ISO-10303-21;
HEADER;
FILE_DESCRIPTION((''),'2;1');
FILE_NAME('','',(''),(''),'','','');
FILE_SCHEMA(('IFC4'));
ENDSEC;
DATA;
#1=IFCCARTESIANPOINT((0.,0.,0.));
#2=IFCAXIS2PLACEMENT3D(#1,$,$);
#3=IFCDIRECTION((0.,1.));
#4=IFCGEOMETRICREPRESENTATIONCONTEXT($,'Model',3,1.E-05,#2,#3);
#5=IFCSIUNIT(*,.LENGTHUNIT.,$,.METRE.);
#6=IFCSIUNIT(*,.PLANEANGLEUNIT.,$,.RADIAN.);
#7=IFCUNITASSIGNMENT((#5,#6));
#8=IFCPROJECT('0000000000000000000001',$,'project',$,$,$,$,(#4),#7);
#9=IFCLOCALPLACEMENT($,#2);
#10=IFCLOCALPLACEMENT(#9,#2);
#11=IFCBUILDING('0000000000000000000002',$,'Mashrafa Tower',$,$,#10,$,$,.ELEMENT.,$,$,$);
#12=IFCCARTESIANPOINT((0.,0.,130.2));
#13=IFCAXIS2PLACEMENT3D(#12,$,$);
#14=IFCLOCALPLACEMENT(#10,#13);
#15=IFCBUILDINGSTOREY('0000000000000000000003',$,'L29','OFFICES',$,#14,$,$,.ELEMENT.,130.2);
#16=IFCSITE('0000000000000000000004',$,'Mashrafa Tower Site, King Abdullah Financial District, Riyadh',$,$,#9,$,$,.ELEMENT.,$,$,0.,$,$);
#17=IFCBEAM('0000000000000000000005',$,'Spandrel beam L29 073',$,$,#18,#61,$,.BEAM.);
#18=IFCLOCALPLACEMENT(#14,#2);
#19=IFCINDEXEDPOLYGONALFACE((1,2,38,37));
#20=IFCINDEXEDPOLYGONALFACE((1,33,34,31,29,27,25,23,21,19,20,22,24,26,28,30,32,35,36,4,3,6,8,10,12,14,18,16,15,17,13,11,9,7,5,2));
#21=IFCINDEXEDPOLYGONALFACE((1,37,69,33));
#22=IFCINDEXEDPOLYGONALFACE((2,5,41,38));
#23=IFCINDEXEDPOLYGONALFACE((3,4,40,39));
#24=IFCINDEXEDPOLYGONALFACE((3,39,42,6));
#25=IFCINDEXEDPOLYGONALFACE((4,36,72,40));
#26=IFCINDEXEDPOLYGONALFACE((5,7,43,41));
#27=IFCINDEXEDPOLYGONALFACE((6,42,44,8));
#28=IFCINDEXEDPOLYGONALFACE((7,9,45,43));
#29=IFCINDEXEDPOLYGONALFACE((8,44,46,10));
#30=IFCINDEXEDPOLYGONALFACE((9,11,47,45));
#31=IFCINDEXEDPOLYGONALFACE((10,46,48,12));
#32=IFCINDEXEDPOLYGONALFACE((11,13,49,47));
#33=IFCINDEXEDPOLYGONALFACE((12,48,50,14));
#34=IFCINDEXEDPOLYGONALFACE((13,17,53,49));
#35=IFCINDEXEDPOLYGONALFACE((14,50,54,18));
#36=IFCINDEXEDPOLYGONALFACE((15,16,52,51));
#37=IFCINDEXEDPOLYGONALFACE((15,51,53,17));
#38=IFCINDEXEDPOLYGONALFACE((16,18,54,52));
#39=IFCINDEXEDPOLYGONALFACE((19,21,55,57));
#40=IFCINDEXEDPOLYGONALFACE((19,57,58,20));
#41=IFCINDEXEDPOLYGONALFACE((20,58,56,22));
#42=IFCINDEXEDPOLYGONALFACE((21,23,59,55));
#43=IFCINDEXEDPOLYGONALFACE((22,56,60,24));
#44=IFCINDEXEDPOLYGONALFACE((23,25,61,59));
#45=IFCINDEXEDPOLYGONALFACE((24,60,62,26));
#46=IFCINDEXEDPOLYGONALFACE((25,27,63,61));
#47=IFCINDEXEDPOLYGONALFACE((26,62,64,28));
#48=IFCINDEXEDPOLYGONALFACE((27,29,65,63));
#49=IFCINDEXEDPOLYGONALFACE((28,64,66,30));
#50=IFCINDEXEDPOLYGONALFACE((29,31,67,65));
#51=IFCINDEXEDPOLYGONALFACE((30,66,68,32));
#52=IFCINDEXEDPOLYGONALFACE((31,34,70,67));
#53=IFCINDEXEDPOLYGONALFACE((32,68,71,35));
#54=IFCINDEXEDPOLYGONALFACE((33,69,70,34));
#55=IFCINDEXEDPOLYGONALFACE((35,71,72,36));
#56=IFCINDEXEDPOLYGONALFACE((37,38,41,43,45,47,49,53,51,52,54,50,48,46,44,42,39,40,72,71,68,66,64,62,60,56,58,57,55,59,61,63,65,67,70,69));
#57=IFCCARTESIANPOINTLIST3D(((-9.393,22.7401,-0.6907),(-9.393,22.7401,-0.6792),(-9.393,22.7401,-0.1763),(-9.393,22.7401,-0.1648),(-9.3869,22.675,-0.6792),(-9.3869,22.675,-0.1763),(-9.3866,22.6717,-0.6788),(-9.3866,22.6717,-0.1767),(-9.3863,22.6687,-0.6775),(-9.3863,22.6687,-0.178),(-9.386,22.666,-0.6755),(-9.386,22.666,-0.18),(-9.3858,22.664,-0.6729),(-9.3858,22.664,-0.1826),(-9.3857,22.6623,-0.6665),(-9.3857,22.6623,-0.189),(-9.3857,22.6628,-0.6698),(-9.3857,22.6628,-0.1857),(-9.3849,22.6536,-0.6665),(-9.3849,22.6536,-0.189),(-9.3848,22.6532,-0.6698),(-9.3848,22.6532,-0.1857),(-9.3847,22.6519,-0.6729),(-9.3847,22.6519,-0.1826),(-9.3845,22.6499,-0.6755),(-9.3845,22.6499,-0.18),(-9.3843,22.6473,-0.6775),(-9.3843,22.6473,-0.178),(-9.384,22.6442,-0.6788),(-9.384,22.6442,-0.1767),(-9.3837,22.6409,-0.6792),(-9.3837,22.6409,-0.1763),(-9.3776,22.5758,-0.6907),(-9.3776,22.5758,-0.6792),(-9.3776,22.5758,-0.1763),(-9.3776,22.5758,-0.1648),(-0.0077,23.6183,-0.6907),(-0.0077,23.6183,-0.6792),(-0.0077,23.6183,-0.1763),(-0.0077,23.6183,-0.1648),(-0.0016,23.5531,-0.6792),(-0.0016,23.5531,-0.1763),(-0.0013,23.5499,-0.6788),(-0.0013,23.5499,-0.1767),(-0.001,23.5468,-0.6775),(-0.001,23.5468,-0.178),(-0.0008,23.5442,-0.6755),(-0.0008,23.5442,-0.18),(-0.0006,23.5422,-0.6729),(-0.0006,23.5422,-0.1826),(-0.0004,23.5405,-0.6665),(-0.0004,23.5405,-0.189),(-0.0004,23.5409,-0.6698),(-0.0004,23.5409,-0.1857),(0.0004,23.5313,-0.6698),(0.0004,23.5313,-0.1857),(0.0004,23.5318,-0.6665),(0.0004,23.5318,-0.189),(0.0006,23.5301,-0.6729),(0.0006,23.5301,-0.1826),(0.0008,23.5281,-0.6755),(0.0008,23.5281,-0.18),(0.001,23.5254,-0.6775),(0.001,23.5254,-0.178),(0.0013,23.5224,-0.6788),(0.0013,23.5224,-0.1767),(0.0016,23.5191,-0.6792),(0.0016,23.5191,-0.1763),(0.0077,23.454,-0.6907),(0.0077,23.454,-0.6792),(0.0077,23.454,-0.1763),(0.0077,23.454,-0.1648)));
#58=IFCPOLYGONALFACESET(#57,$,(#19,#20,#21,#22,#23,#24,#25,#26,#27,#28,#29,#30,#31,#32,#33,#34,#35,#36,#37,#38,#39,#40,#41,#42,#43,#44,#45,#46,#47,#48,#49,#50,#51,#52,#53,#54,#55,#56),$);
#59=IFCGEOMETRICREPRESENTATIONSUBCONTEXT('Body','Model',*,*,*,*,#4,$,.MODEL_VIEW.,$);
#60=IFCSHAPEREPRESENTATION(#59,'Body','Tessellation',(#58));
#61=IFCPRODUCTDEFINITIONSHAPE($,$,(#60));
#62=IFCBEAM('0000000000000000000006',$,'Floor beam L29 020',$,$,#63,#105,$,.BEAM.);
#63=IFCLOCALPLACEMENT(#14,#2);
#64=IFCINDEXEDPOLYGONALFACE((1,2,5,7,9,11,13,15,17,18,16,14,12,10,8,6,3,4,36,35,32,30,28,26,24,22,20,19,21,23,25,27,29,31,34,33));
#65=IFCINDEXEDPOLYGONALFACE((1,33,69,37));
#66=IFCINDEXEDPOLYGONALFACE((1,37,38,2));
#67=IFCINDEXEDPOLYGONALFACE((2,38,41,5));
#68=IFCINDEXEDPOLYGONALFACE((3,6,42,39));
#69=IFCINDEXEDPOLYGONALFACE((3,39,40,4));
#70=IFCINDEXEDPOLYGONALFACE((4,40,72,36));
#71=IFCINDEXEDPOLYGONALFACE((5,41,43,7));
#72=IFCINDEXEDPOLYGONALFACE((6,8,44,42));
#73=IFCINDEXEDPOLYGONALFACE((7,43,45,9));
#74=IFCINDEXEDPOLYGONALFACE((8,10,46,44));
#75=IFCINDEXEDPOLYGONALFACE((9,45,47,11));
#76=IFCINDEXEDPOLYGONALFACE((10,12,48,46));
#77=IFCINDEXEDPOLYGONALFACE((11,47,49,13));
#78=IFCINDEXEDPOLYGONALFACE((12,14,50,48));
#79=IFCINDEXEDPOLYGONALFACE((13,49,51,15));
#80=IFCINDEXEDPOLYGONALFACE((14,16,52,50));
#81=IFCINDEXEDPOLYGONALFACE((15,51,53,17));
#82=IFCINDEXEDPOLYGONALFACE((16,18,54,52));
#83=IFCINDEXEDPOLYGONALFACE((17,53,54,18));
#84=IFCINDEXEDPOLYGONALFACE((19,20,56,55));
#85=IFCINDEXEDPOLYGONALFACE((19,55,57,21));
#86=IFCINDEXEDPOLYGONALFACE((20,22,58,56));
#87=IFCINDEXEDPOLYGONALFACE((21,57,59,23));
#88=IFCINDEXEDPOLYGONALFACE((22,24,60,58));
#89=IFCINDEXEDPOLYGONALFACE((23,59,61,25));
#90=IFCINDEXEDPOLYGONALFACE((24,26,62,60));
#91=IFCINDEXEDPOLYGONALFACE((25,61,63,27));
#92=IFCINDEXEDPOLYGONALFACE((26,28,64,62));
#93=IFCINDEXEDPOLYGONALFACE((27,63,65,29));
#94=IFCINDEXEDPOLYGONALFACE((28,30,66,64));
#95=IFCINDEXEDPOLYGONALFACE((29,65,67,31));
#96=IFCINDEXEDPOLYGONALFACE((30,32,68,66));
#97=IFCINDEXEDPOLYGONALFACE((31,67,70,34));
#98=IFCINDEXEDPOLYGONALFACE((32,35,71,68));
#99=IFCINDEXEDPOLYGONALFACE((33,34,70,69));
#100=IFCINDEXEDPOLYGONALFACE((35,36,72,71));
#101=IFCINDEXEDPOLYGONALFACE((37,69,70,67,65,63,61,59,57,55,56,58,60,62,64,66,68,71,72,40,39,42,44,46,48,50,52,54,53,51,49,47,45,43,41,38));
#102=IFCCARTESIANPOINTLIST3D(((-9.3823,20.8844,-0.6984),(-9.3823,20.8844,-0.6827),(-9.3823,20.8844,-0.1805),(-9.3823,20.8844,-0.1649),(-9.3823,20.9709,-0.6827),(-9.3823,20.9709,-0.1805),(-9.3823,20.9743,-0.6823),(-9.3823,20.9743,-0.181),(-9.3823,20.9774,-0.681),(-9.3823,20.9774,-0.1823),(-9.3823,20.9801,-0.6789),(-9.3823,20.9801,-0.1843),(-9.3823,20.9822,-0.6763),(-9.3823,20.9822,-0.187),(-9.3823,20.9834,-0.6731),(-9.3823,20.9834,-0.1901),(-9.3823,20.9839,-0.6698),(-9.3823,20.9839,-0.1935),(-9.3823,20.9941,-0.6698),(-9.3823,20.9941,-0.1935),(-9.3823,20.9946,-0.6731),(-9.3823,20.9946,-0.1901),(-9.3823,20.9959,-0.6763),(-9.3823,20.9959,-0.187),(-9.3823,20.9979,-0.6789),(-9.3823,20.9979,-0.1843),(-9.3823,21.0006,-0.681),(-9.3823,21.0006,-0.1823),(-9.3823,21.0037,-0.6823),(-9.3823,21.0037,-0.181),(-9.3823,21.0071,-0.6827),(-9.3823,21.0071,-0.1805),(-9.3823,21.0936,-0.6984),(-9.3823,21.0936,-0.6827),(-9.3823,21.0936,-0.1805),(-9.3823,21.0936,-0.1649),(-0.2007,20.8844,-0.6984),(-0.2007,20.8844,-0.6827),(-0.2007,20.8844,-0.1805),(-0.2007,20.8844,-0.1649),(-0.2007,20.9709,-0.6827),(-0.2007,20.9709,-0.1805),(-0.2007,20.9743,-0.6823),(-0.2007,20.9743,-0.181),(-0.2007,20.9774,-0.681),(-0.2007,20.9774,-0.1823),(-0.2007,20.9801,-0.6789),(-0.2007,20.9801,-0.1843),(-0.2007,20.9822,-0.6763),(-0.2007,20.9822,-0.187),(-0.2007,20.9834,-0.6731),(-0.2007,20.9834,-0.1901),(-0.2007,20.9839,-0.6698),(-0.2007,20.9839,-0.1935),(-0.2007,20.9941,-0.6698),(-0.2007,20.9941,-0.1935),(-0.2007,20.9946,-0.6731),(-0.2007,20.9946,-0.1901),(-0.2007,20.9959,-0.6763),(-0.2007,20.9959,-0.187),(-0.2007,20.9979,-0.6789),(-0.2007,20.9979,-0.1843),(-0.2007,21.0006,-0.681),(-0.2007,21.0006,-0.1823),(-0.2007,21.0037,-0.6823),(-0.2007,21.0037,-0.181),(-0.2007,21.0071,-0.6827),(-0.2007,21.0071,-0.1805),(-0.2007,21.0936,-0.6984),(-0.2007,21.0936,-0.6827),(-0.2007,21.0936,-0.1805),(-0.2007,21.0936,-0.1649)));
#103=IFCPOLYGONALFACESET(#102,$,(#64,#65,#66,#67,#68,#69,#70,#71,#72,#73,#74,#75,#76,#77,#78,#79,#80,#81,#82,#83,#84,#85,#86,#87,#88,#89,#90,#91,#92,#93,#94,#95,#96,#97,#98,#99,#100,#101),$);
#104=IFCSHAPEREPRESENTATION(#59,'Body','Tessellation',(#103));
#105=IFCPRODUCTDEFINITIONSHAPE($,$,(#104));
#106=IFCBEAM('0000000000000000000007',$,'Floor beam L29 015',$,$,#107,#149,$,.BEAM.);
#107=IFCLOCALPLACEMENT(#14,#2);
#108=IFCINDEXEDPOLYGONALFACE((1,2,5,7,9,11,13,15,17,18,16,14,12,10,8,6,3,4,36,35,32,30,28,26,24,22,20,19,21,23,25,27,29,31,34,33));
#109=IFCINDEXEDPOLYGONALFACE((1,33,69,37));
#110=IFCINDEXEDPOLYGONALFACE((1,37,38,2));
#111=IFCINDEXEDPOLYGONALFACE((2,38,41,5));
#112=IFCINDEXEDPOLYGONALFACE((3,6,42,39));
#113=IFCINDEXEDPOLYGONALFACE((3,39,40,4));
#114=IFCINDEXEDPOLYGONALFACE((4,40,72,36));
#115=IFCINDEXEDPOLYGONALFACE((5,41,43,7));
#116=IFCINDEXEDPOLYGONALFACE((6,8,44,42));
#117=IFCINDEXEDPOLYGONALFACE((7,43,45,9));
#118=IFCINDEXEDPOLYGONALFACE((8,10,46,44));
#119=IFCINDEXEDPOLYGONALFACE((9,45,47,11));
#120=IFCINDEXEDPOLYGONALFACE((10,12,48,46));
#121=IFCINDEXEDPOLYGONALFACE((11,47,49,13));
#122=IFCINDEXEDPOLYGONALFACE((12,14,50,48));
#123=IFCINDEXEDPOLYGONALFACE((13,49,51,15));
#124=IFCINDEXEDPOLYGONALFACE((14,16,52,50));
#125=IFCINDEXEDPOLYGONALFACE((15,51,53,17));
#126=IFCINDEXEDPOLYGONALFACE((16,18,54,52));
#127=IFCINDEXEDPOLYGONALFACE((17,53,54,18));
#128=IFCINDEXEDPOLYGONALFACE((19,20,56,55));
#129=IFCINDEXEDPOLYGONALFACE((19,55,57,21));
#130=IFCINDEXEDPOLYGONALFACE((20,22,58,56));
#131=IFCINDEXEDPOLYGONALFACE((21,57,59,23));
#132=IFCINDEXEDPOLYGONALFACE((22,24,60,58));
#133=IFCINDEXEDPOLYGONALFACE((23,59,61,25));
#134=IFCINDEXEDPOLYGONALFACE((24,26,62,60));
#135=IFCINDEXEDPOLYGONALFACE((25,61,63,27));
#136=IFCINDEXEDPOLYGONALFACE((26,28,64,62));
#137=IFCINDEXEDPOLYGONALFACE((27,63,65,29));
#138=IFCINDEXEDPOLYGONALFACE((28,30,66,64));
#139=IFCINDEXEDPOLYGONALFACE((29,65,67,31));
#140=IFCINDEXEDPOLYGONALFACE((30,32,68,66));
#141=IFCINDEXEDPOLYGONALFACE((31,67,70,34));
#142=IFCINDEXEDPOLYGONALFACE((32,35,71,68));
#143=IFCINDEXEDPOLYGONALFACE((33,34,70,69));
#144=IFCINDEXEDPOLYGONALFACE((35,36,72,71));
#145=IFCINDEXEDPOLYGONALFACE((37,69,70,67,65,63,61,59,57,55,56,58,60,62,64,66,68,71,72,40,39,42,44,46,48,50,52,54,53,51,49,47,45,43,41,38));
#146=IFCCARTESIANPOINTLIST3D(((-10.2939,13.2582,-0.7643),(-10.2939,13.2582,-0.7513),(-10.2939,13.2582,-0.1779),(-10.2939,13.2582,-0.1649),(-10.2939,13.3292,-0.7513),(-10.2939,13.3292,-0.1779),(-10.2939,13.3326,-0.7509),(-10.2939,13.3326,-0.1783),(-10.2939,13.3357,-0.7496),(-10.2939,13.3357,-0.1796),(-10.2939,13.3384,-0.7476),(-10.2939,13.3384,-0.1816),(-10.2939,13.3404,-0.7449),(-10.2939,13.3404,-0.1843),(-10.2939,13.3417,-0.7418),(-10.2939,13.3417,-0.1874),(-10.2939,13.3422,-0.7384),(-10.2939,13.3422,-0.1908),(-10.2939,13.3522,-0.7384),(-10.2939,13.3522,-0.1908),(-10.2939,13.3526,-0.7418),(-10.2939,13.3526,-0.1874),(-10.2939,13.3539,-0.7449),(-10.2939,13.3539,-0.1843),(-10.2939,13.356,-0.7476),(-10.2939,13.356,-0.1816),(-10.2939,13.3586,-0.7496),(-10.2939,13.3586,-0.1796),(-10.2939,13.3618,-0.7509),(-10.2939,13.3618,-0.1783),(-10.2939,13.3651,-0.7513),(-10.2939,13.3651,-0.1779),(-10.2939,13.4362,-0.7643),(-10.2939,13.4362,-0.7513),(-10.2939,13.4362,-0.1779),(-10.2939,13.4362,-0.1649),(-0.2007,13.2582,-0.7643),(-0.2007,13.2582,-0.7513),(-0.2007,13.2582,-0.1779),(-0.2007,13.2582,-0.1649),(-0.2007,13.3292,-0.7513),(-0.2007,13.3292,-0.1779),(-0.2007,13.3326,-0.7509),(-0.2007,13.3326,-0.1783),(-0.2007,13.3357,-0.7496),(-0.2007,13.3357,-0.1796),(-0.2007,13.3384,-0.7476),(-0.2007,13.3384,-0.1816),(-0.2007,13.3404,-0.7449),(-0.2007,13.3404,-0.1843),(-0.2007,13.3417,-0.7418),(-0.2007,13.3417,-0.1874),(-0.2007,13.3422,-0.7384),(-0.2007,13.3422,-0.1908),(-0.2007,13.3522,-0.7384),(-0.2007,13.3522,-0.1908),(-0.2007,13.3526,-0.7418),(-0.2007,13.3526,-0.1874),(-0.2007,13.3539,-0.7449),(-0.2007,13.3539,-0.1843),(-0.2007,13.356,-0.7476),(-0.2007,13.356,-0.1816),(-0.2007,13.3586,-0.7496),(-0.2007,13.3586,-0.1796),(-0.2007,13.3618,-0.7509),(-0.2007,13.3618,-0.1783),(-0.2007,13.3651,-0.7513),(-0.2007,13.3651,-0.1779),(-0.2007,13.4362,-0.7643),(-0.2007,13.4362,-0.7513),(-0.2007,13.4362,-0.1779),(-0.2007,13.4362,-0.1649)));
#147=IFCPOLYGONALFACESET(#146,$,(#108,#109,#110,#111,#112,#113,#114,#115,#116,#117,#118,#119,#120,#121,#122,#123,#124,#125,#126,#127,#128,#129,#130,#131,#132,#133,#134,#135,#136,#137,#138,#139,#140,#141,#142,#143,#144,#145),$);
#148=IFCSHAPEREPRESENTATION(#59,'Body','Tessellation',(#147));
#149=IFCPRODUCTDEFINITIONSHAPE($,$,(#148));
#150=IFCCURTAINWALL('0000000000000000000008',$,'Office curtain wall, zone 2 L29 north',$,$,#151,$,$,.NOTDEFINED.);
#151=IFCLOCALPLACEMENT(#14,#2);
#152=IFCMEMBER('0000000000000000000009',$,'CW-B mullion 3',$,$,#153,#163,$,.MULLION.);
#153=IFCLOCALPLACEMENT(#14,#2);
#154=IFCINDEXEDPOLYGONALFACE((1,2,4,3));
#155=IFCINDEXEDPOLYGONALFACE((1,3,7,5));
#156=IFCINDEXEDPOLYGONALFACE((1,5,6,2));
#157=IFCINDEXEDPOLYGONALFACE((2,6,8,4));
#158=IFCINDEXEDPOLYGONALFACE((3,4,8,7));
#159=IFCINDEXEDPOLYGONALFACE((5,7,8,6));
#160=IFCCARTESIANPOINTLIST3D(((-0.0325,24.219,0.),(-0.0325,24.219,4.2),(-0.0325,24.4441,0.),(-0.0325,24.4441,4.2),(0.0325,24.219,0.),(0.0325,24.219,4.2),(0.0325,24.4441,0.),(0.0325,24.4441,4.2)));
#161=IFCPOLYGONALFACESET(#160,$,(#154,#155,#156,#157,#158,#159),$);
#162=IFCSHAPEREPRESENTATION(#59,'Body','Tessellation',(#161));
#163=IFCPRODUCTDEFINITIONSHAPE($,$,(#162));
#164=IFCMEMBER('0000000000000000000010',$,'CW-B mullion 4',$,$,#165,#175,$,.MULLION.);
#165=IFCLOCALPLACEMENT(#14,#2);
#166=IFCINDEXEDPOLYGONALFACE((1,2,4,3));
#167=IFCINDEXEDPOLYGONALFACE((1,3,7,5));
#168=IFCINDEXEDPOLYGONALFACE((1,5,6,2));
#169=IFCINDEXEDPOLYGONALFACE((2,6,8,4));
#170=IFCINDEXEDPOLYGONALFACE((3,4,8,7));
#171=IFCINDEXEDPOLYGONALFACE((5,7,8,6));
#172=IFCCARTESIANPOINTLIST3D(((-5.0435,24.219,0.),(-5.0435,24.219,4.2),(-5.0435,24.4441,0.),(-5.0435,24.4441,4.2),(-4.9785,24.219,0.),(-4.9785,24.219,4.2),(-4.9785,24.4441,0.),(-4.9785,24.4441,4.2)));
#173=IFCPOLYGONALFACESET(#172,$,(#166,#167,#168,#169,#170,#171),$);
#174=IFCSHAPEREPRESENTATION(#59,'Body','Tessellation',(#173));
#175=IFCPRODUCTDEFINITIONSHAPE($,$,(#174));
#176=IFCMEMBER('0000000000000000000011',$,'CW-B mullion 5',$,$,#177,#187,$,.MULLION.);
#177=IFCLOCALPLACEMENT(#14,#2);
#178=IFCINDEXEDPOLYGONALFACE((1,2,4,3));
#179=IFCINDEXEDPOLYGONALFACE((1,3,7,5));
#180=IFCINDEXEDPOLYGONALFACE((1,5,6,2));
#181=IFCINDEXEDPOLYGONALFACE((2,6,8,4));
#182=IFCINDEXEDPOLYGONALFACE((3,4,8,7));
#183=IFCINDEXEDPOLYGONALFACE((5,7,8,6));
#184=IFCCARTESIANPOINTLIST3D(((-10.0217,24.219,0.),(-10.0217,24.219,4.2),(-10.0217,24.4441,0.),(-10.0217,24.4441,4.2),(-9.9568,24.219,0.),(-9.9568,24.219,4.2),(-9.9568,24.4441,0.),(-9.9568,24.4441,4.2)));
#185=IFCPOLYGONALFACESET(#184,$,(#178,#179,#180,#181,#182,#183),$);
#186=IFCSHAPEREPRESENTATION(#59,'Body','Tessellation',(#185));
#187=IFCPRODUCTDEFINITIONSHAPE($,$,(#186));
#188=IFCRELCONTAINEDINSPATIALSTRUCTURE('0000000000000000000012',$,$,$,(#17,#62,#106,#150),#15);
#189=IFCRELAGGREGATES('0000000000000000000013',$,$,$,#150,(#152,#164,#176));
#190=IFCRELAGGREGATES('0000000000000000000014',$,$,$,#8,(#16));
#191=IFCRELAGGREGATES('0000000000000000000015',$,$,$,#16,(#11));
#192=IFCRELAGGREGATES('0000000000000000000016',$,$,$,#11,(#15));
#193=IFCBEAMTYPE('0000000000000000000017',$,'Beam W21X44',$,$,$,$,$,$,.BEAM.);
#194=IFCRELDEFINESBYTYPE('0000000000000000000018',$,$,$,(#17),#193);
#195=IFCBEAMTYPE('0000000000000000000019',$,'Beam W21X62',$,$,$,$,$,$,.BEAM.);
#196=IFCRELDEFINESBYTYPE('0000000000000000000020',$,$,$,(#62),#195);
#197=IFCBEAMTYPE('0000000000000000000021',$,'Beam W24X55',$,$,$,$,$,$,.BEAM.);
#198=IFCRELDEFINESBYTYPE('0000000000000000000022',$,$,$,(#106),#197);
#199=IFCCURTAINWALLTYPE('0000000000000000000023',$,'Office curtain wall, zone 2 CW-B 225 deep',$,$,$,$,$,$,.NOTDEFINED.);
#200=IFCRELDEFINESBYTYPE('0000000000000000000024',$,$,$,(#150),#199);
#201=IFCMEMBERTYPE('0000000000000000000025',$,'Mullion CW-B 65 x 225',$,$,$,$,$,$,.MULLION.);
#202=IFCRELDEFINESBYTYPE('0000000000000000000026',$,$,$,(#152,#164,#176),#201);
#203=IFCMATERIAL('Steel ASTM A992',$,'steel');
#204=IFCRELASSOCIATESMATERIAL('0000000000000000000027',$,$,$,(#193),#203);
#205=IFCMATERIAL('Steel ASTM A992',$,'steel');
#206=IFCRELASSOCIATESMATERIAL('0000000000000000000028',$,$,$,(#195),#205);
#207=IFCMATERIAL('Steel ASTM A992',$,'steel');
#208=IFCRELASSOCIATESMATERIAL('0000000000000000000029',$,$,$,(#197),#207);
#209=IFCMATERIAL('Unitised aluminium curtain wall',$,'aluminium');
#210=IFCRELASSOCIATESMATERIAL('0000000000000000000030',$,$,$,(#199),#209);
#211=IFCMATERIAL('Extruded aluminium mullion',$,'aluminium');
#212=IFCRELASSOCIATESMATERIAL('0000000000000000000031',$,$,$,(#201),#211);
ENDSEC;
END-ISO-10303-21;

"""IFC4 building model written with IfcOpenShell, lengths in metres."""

from ifc_helpers import new_model, si_unit, direction, frame, origin, origin_2d, place, context, subcontext, project, spatial, rectangle, i_section, extrude, source, transform, mapped, material, material_profile, profile_set, type_object, type_shapes, element, aggregate, save


model = new_model("IFC4")

# Units and contexts
model_context = context("Model", 3, precision=1e-05, world=origin(), true_north=direction((0.0, 1.0)))
body_context = subcontext(model_context, "Body", "Model", "MODEL_VIEW")
ifc_project = project(units=[si_unit("LENGTHUNIT", "METRE"), si_unit("PLANEANGLEUNIT", "RADIAN")], contexts=[model_context])

# Site, building, storey
site_placement = place(None, origin())
site = spatial("IfcSite", under=ifc_project, at=site_placement, Name="Mashrafa Tower Site, King Abdullah Financial District, Riyadh", CompositionType="ELEMENT", RefElevation=0.0)
building_placement = place(site_placement, origin())
building = spatial("IfcBuilding", under=site, at=building_placement, Name="Mashrafa Tower", CompositionType="ELEMENT")
storey_placement = place(building_placement, frame((0.0, 0.0, 130.2)))
storey = spatial("IfcBuildingStorey", under=building, at=storey_placement, Name="L29", Description="OFFICES", CompositionType="ELEMENT", Elevation=130.2)

# Beams
ifc_material_1 = material(Name="Steel ASTM A992", Category="steel")
ifc_material_profile_1 = material_profile(ifc_material_1, i_section(OverallWidth=0.165, OverallDepth=0.5259, WebThickness=0.0088, FlangeThickness=0.0115, FilletRadius=0.0127, at=origin_2d()), Name="W21X44")
ifc_profile_set_1 = profile_set([ifc_material_profile_1], Name="Steel ASTM A992")
beam_type_1 = type_object("IfcBeamType", Name="Beam W21X44", PredefinedType="BEAM", material=ifc_profile_set_1)
for number, where, z_axis, x_axis, name in (
    (1, (0.0, 23.5361, -0.4277), (-0.995651, -0.093163, 0.0), (0.093163, -0.995651, 0.0), "Spandrel beam L29 073"),
):
    element("IfcBeam", number, at=place(storey_placement, frame(where, z_axis=z_axis, x_axis=x_axis)), inside=storey, type_object=beam_type_1, Name=name, PredefinedType="BEAM", context=body_context, shape_type="SweptSolid", body=[
        extrude(i_section(OverallWidth=0.165, OverallDepth=0.5259, WebThickness=0.0088, FlangeThickness=0.0115, FilletRadius=0.0127, at=origin_2d()), origin(), (0.0, 0.0, 1.0), 9.4263),
    ])
ifc_material_2 = material(Name="Steel ASTM A992", Category="steel")
ifc_material_profile_2 = material_profile(ifc_material_2, i_section(OverallWidth=0.2092, OverallDepth=0.5334, WebThickness=0.0103, FlangeThickness=0.0156, FilletRadius=0.0129, at=origin_2d()), Name="W21X62")
ifc_profile_set_2 = profile_set([ifc_material_profile_2], Name="Steel ASTM A992")
beam_type_2 = type_object("IfcBeamType", Name="Beam W21X62", PredefinedType="BEAM", material=ifc_profile_set_2)
beam_1_placement = place(storey_placement, frame((-9.3823, 20.989, -0.4316), z_axis=(1.0, 0.0, 0.0), x_axis=(0.0, 1.0, 0.0)))
element("IfcBeam", 2, at=beam_1_placement, inside=storey, type_object=beam_type_2, Name="Floor beam L29 020", PredefinedType="BEAM", context=body_context, shape_type="SweptSolid", body=[
    extrude(i_section(OverallWidth=0.2092, OverallDepth=0.5334, WebThickness=0.0103, FlangeThickness=0.0156, FilletRadius=0.0129, at=origin_2d()), origin(), (0.0, 0.0, 1.0), 9.1816),
])
ifc_material_3 = material(Name="Steel ASTM A992", Category="steel")
ifc_material_profile_3 = material_profile(ifc_material_3, i_section(OverallWidth=0.178, OverallDepth=0.5994, WebThickness=0.01, FlangeThickness=0.0129, FilletRadius=0.0129, at=origin_2d()), Name="W24X55")
ifc_profile_set_3 = profile_set([ifc_material_profile_3], Name="Steel ASTM A992")
beam_type_3 = type_object("IfcBeamType", Name="Beam W24X55", PredefinedType="BEAM", material=ifc_profile_set_3)
beam_2_placement = place(storey_placement, frame((-10.2939, 13.3472, -0.4646), z_axis=(1.0, 0.0, 0.0), x_axis=(0.0, 1.0, 0.0)))
element("IfcBeam", 3, at=beam_2_placement, inside=storey, type_object=beam_type_3, Name="Floor beam L29 015", PredefinedType="BEAM", context=body_context, shape_type="SweptSolid", body=[
    extrude(i_section(OverallWidth=0.178, OverallDepth=0.5994, WebThickness=0.01, FlangeThickness=0.0129, FilletRadius=0.0129, at=origin_2d()), origin(), (0.0, 0.0, 1.0), 10.0933),
])

# Curtain wall, members
ifc_material_4 = material(Name="Unitised aluminium curtain wall", Category="aluminium")
curtain_wall_type = type_object("IfcCurtainWallType", Name="Office curtain wall, zone 2 CW-B 225 deep", PredefinedType="NOTDEFINED", material=ifc_material_4)
curtain_wall_1_placement = place(storey_placement, origin())
curtain_wall_1 = element("IfcCurtainWall", 4, at=curtain_wall_1_placement, inside=storey, type_object=curtain_wall_type, Name="Office curtain wall, zone 2 L29 north", PredefinedType="NOTDEFINED")
ifc_material_5 = material(Name="Extruded aluminium mullion", Category="aluminium")
ifc_material_profile_4 = material_profile(ifc_material_5, rectangle(XDim=0.2251, YDim=0.0649, at=origin_2d()), Name="Mullion 65x225")
ifc_profile_set_4 = profile_set([ifc_material_profile_4], Name="Extruded aluminium mullion")
member_type_1 = type_object("IfcMemberType", Name="Mullion CW-B 65 x 225", PredefinedType="MULLION", material=ifc_profile_set_4)
shared_shape_1 = source(origin(), body_context, "Body", "SweptSolid", [
    extrude(rectangle(XDim=0.2251, YDim=0.0649, at=origin_2d()), origin(), (0.0, 0.0, 1.0), 4.2),
])
type_shapes(member_type_1, [shared_shape_1])
member_1_placement = place(storey_placement, frame((0.0, 24.3315, 0.0), z_axis=(0.0, 0.0, 1.0), x_axis=(0.0, -1.0, 0.0)))
member_1 = element("IfcMember", 5, at=member_1_placement, type_object=member_type_1, Name="CW-B mullion 3", PredefinedType="MULLION", context=body_context, shape_type="MappedRepresentation", body=[
    mapped(shared_shape_1, transform((0.0, 0.0, 0.0))),
])
member_2_placement = place(storey_placement, frame((-5.011, 24.3315, 0.0), z_axis=(0.0, 0.0, 1.0), x_axis=(0.0, -1.0, 0.0)))
member_2 = element("IfcMember", 6, at=member_2_placement, type_object=member_type_1, Name="CW-B mullion 4", PredefinedType="MULLION", context=body_context, shape_type="MappedRepresentation", body=[
    mapped(shared_shape_1, transform((0.0, 0.0, 0.0))),
])
member_3_placement = place(storey_placement, frame((-9.9893, 24.3315, 0.0), z_axis=(0.0, 0.0, 1.0), x_axis=(0.0, -1.0, 0.0)))
member_3 = element("IfcMember", 7, at=member_3_placement, type_object=member_type_1, Name="CW-B mullion 5", PredefinedType="MULLION", context=body_context, shape_type="MappedRepresentation", body=[
    mapped(shared_shape_1, transform((0.0, 0.0, 0.0))),
])

aggregate(curtain_wall_1, [member_1, member_2, member_3])

save(model, "model.ifc")
